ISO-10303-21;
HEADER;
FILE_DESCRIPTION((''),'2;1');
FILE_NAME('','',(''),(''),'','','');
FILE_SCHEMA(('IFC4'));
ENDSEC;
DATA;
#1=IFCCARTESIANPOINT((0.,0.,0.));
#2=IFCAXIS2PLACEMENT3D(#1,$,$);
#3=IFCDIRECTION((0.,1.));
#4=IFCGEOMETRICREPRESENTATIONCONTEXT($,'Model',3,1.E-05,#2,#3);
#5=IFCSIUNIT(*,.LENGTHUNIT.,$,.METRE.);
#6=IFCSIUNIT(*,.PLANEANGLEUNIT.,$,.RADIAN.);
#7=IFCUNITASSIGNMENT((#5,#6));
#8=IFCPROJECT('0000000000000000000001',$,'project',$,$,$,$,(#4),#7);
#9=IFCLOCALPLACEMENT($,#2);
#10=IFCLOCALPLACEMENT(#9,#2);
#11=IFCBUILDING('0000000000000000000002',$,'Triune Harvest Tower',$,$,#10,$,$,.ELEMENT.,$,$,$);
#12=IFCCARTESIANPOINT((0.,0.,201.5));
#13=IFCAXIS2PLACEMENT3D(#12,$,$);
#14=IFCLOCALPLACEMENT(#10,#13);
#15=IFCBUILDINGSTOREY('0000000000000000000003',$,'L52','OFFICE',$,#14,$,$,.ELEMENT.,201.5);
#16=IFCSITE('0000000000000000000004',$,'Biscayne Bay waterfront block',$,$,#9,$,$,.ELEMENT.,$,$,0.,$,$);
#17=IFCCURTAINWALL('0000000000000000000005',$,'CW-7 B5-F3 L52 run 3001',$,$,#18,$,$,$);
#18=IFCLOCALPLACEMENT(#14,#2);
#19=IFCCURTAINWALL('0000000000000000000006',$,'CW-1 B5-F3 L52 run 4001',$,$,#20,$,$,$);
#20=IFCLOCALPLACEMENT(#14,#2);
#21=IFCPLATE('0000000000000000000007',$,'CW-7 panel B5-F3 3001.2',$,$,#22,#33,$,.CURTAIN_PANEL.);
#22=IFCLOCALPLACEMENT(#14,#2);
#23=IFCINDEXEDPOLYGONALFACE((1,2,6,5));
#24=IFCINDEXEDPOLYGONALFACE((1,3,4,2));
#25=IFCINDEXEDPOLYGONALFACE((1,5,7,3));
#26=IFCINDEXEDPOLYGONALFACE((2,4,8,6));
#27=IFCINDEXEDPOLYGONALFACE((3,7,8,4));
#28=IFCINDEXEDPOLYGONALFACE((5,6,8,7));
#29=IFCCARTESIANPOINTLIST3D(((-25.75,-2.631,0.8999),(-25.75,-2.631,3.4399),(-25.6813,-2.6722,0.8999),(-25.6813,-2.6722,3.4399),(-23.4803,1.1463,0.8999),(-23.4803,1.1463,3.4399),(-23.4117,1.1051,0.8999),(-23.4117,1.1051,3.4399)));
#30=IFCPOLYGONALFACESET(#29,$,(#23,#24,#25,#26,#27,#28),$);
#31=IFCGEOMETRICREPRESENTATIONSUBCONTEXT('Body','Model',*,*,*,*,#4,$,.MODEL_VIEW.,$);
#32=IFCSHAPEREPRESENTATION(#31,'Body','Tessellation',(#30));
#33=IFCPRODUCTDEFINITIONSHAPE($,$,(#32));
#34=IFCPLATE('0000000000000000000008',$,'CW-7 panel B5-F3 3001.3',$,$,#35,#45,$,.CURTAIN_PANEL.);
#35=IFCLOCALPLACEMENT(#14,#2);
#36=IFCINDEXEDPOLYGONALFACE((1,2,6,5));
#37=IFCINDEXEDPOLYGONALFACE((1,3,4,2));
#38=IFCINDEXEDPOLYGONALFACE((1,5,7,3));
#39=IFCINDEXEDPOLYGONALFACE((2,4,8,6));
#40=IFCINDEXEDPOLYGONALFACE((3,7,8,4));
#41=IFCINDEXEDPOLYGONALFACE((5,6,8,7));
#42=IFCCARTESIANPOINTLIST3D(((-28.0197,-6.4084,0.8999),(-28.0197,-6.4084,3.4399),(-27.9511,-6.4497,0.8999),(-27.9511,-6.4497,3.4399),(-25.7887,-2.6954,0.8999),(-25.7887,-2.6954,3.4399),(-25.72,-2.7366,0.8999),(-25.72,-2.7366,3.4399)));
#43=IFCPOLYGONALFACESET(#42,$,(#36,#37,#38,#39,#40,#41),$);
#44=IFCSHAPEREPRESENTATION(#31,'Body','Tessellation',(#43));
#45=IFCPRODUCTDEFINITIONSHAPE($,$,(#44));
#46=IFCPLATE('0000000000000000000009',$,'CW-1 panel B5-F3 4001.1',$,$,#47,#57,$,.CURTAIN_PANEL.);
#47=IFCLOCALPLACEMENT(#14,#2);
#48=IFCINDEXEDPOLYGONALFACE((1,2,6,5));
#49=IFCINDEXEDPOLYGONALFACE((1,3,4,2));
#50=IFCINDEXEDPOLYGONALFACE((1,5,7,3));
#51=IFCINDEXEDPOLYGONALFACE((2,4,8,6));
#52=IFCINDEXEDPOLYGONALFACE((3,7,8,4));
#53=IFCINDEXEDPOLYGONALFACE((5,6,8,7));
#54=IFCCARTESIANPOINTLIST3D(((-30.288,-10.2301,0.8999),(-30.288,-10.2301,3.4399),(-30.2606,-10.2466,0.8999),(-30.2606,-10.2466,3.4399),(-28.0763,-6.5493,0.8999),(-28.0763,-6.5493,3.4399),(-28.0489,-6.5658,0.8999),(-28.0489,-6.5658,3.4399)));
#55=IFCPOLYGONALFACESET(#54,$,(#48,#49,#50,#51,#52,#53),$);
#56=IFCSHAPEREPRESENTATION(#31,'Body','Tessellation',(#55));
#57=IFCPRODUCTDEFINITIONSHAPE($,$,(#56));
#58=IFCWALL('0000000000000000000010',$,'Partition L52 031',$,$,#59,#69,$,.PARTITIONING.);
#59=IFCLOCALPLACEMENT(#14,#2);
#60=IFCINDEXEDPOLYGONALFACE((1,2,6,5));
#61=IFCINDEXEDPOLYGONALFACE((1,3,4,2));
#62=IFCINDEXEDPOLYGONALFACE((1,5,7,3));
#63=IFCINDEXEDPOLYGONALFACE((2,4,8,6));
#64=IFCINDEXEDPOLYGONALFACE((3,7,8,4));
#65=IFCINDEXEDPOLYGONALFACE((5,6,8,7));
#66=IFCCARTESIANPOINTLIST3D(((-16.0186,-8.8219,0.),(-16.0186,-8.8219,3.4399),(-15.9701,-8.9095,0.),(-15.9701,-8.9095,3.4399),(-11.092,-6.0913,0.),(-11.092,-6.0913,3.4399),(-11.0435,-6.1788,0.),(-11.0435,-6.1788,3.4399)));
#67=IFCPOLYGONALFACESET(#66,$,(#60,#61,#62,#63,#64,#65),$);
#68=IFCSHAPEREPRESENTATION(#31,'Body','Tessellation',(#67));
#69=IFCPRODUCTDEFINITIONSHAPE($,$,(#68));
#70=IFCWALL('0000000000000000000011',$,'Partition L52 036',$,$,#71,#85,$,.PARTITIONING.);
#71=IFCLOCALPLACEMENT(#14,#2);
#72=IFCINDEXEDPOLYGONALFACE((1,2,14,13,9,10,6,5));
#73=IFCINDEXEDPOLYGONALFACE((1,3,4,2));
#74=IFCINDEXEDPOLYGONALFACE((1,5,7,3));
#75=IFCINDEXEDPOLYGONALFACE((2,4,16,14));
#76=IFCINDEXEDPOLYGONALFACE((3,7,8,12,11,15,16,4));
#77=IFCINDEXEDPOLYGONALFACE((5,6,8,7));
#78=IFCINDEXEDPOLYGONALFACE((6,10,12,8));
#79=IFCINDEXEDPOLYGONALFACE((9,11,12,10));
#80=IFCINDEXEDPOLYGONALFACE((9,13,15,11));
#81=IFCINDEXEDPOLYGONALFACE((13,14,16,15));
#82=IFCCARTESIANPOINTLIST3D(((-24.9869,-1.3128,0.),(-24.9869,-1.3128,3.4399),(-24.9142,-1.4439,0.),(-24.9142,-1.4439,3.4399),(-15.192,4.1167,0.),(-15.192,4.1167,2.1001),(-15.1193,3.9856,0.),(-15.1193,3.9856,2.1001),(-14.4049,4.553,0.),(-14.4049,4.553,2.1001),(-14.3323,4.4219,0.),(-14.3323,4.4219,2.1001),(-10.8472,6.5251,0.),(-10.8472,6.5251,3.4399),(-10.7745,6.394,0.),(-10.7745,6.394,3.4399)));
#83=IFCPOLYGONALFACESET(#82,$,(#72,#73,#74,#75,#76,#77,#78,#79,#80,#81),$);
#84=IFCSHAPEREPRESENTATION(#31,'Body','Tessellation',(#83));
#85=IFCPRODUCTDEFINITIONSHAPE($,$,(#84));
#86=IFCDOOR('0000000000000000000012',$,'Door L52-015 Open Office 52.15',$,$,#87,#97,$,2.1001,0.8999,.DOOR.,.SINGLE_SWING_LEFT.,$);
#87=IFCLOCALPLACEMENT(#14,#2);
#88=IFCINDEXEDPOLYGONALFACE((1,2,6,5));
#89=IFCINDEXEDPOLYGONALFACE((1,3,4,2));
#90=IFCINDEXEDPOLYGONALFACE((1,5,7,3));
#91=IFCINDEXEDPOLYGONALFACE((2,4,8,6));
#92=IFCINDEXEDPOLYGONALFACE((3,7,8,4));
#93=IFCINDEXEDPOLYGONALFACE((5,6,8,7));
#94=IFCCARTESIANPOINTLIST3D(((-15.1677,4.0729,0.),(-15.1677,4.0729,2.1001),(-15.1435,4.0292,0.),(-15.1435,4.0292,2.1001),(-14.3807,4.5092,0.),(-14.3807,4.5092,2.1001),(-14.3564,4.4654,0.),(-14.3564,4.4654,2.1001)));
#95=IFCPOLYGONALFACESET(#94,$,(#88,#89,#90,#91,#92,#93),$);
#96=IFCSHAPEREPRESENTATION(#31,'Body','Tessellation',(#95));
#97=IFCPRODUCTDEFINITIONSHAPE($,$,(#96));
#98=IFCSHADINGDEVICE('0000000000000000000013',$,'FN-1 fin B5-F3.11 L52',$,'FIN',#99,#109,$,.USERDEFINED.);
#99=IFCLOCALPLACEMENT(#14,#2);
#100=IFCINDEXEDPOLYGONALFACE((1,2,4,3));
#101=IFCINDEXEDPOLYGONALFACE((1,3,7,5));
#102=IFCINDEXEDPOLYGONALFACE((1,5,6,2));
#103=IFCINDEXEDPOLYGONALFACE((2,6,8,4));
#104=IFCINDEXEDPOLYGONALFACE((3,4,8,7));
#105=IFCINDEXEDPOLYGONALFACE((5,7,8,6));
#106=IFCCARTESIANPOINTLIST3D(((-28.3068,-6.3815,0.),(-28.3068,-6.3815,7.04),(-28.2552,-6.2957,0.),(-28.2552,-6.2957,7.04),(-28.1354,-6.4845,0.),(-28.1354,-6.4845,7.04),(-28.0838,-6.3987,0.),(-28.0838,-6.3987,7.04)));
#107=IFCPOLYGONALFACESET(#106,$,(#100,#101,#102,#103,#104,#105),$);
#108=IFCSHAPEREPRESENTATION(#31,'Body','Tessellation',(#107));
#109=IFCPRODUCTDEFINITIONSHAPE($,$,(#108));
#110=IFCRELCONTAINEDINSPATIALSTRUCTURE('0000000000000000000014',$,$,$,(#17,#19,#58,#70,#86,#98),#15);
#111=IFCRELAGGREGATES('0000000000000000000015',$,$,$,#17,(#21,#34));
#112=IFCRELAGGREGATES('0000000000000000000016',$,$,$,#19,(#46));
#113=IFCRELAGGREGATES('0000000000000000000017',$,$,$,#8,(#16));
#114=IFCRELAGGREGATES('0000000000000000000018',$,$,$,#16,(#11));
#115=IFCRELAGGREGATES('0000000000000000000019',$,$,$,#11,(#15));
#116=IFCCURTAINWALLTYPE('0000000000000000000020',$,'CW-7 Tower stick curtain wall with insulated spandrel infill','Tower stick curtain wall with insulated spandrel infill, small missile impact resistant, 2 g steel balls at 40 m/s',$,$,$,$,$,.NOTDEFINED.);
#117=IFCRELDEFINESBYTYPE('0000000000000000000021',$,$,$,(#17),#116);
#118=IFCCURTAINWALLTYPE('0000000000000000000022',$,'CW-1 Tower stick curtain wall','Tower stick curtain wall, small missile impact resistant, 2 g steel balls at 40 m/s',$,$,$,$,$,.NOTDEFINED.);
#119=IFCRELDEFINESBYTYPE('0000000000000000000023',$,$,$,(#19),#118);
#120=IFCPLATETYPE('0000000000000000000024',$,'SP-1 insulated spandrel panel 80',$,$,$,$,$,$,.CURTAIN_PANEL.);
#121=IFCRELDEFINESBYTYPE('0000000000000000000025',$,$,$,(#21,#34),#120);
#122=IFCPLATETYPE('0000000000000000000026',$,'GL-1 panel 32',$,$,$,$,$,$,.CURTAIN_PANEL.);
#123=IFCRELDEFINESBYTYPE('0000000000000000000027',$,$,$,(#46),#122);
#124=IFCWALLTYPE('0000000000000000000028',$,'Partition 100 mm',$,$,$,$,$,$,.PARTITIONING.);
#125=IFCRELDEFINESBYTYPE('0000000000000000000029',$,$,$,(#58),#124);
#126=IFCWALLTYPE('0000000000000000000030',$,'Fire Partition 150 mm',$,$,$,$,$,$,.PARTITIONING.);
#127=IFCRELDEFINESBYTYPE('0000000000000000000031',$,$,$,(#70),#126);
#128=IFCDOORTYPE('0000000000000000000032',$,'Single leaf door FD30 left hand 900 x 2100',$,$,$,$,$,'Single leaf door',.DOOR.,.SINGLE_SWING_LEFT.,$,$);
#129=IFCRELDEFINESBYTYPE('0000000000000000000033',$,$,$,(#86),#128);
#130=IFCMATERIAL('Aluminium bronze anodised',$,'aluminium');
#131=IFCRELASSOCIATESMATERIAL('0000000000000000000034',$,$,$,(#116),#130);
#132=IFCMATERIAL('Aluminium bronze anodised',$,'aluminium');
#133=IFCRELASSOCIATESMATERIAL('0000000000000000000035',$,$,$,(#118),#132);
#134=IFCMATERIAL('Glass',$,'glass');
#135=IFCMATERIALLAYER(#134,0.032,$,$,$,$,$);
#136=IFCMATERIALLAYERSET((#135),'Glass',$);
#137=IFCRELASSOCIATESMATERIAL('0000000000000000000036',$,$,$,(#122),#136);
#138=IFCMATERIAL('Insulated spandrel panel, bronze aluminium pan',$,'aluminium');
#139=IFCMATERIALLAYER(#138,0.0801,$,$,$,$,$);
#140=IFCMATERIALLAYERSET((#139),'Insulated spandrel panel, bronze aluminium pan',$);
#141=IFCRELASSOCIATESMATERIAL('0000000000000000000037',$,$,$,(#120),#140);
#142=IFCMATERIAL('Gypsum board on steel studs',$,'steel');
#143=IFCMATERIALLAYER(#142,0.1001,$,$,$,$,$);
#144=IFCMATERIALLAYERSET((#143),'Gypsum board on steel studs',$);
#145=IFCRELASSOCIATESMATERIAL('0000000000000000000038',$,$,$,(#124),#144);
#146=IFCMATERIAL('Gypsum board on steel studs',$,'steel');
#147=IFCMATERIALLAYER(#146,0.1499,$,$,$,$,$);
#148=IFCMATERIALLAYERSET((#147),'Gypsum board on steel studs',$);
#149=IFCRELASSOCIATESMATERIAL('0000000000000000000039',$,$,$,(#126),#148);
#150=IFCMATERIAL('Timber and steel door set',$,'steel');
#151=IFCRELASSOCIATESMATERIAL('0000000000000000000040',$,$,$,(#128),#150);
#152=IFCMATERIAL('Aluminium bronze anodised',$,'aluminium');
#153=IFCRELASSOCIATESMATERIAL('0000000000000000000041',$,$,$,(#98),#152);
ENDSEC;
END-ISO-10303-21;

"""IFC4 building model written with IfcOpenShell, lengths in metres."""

from ifc_helpers import new_model, si_unit, direction, frame, frame_2d, origin, origin_2d, place, context, subcontext, project, spatial, rectangle, extrude, source, transform, mapped, material, layer, layer_set, type_object, element, fill, aggregate, save


model = new_model("IFC4")

# Units and contexts
model_context = context("Model", 3, precision=1e-05, world=origin(), true_north=direction((0.0, 1.0)))
body_context = subcontext(model_context, "Body", "Model", "MODEL_VIEW")
ifc_project = project(units=[si_unit("LENGTHUNIT", "METRE"), si_unit("PLANEANGLEUNIT", "RADIAN")], contexts=[model_context])

# Site, building, storey
site_placement = place(None, origin())
site = spatial("IfcSite", under=ifc_project, at=site_placement, Name="Biscayne Bay waterfront block", CompositionType="ELEMENT", RefElevation=0.0)
building_placement = place(site_placement, origin())
building = spatial("IfcBuilding", under=site, at=building_placement, Name="Triune Harvest Tower", CompositionType="ELEMENT")
storey_placement = place(building_placement, frame((0.0, 0.0, 201.5)))
storey = spatial("IfcBuildingStorey", under=building, at=storey_placement, Name="L52", Description="OFFICE", CompositionType="ELEMENT", Elevation=201.5)

# Curtain walls
ifc_material_1 = material(Name="Aluminium bronze anodised", Category="aluminium")
curtain_wall_type_1 = type_object("IfcCurtainWallType", Name="CW-7 Tower stick curtain wall with insulated spandrel infill", Description="Tower stick curtain wall with insulated spandrel infill, small missile impact resistant, 2 g steel balls at 40 m/s", PredefinedType="NOTDEFINED", material=ifc_material_1)
curtain_wall_1_placement = place(storey_placement, origin())
curtain_wall_1 = element("IfcCurtainWall", 1, at=curtain_wall_1_placement, inside=storey, type_object=curtain_wall_type_1, Name="CW-7 B5-F3 L52 run 3001")
ifc_material_2 = material(Name="Aluminium bronze anodised", Category="aluminium")
curtain_wall_type_2 = type_object("IfcCurtainWallType", Name="CW-1 Tower stick curtain wall", Description="Tower stick curtain wall, small missile impact resistant, 2 g steel balls at 40 m/s", PredefinedType="NOTDEFINED", material=ifc_material_2)
curtain_wall_2_placement = place(storey_placement, origin())
curtain_wall_2 = element("IfcCurtainWall", 2, at=curtain_wall_2_placement, inside=storey, type_object=curtain_wall_type_2, Name="CW-1 B5-F3 L52 run 4001")

# Plates
ifc_material_3 = material(Name="Glass", Category="glass")
ifc_layer_1 = layer(ifc_material_3, 0.032)
ifc_layer_set_1 = layer_set([ifc_layer_1], Name="Glass")
plate_type_1 = type_object("IfcPlateType", Name="GL-1 panel 32", PredefinedType="CURTAIN_PANEL", material=ifc_layer_set_1)
ifc_material_4 = material(Name="Insulated spandrel panel, bronze aluminium pan", Category="aluminium")
ifc_layer_2 = layer(ifc_material_4, 0.0801)
ifc_layer_set_2 = layer_set([ifc_layer_2], Name="Insulated spandrel panel, bronze aluminium pan")
plate_type_2 = type_object("IfcPlateType", Name="SP-1 insulated spandrel panel 80", PredefinedType="CURTAIN_PANEL", material=ifc_layer_set_2)
shared_shape_1 = source(origin(), body_context, "Body", "SweptSolid", [
    extrude(rectangle(XDim=4.4067, YDim=0.0801, at=origin_2d()), origin(), (0.0, 0.0, 1.0), 2.54),
])
plate_1_placement = place(storey_placement, frame((-24.5808, -0.7629, 0.8999), z_axis=(0.0, 0.0, 1.0), x_axis=(-0.515039, -0.857166, 0.0)))
plate_1 = element("IfcPlate", 3, at=plate_1_placement, type_object=plate_type_2, Name="CW-7 panel B5-F3 3001.2", PredefinedType="CURTAIN_PANEL", context=body_context, shape_type="MappedRepresentation", body=[
    mapped(shared_shape_1, transform((0.0, 0.0, 0.0), scale=1.0)),
])
shared_shape_2 = source(origin(), body_context, "Body", "SweptSolid", [
    extrude(rectangle(XDim=4.3318, YDim=0.0801, at=origin_2d()), origin(), (0.0, 0.0, 1.0), 2.54),
])
plate_2_placement = place(storey_placement, frame((-26.8699, -4.5725, 0.8999), z_axis=(0.0, 0.0, 1.0), x_axis=(-0.515039, -0.857166, 0.0)))
plate_2 = element("IfcPlate", 4, at=plate_2_placement, type_object=plate_type_2, Name="CW-7 panel B5-F3 3001.3", PredefinedType="CURTAIN_PANEL", context=body_context, shape_type="MappedRepresentation", body=[
    mapped(shared_shape_2, transform((0.0, 0.0, 0.0), scale=1.0)),
])
aggregate(curtain_wall_1, [plate_1, plate_2])
shared_shape_3 = source(origin(), body_context, "Body", "SweptSolid", [
    extrude(rectangle(XDim=4.2942, YDim=0.032, at=origin_2d()), origin(), (0.0, 0.0, 1.0), 2.54),
])
plate_3_placement = place(storey_placement, frame((-29.1685, -8.3979, 0.8999), z_axis=(0.0, 0.0, 1.0), x_axis=(-0.515037, -0.857168, 0.0)))
plate_3 = element("IfcPlate", 5, at=plate_3_placement, type_object=plate_type_1, Name="CW-1 panel B5-F3 4001.1", PredefinedType="CURTAIN_PANEL", context=body_context, shape_type="MappedRepresentation", body=[
    mapped(shared_shape_3, transform((0.0, 0.0, 0.0), scale=1.0)),
])
aggregate(curtain_wall_2, [plate_3])

# Wall
ifc_material_5 = material(Name="Gypsum board on steel studs", Category="steel")
ifc_layer_3 = layer(ifc_material_5, 0.1001)
ifc_layer_set_3 = layer_set([ifc_layer_3], Name="Gypsum board on steel studs")
wall_type_1 = type_object("IfcWallType", Name="Partition 100 mm", PredefinedType="PARTITIONING", material=ifc_layer_set_3)
shared_shape_4 = source(origin(), body_context, "Body", "SweptSolid", [
    extrude(rectangle(XDim=5.6328, YDim=0.1001, at=frame_2d((2.8164, 0.0))), origin(), (0.0, 0.0, 1.0), 3.4399),
])
wall_1_placement = place(storey_placement, frame((-15.9944, -8.8657, 0.0), z_axis=(0.0, 0.0, 1.0), x_axis=(0.874637, 0.484778, 0.0)))
element("IfcWall", 6, at=wall_1_placement, inside=storey, type_object=wall_type_1, Name="Partition L52 031", PredefinedType="PARTITIONING", context=body_context, shape_type="MappedRepresentation", body=[
    mapped(shared_shape_4, transform((0.0, 0.0, 0.0), scale=1.0)),
])

# Wall, opening, door
ifc_material_6 = material(Name="Gypsum board on steel studs", Category="steel")
ifc_layer_4 = layer(ifc_material_6, 0.1499)
ifc_layer_set_4 = layer_set([ifc_layer_4], Name="Gypsum board on steel studs")
wall_type_2 = type_object("IfcWallType", Name="Fire Partition 150 mm", PredefinedType="PARTITIONING", material=ifc_layer_set_4)
shared_shape_5 = source(origin(), body_context, "Body", "SweptSolid", [
    extrude(rectangle(XDim=16.1667, YDim=0.1499, at=frame_2d((8.0835, 0.0))), origin(), (0.0, 0.0, 1.0), 3.4399),
])
wall_2_placement = place(storey_placement, frame((-24.9507, -1.3784, 0.0), z_axis=(0.0, 0.0, 1.0), x_axis=(0.874616, 0.484817, 0.0)))
wall_2 = element("IfcWall", 7, at=wall_2_placement, inside=storey, type_object=wall_type_2, Name="Partition L52 036", PredefinedType="PARTITIONING", context=body_context, shape_type="MappedRepresentation", body=[
    mapped(shared_shape_5, transform((0.0, 0.0, 0.0), scale=1.0)),
])
opening_placement = place(wall_2_placement, frame((11.1992, 0.0, 0.0)))
opening = element("IfcOpeningElement", 8, at=opening_placement, cuts=wall_2, PredefinedType="OPENING", context=body_context, shape_type="SweptSolid", body=[
    extrude(rectangle(XDim=0.8999, YDim=2.1001, at=frame_2d((0.45, 1.05))), frame((0.0, 0.085, 0.0), z_axis=(0.0, -1.0, 0.0), x_axis=(1.0, 0.0, 0.0)), (0.0, 0.0, 1.0), 0.1699),
])
ifc_material_7 = material(Name="Timber and steel door set", Category="steel")
door_type = type_object("IfcDoorType", Name="Single leaf door FD30 left hand 900 x 2100", ElementType="Single leaf door", OperationType="SINGLE_SWING_LEFT", PredefinedType="DOOR", material=ifc_material_7)
door_placement = place(opening_placement, origin())
door = element("IfcDoor", 9, at=door_placement, inside=storey, type_object=door_type, Name="Door L52-015 Open Office 52.15", OperationType="SINGLE_SWING_LEFT", OverallHeight=2.1001, OverallWidth=0.8999, PredefinedType="DOOR", context=body_context, shape_type="SweptSolid", body=[
    extrude(rectangle(XDim=0.8999, YDim=2.1001, at=frame_2d((0.45, 1.05))), frame((0.0, 0.0249, 0.0), z_axis=(0.0, -1.0, 0.0), x_axis=(1.0, 0.0, 0.0)), (0.0, 0.0, 1.0), 0.05),
])
fill(opening, door)

# Shading device
ifc_material_8 = material(Name="Aluminium bronze anodised", Category="aluminium")
shared_shape_6 = source(origin(), body_context, "Body", "SweptSolid", [
    extrude(rectangle(XDim=0.1001, YDim=0.2, at=origin_2d()), origin(), (0.0, 0.0, 1.0), 7.04),
])
shading_device_placement = place(storey_placement, frame((-28.1953, -6.3901, 0.0), z_axis=(0.0, 0.0, 1.0), x_axis=(-0.515037, -0.857168, 0.0)))
element("IfcShadingDevice", 10, at=shading_device_placement, inside=storey, material=ifc_material_8, Name="FN-1 fin B5-F3.11 L52", ObjectType="FIN", PredefinedType="USERDEFINED", context=body_context, shape_type="MappedRepresentation", body=[
    mapped(shared_shape_6, transform((0.0, 0.0, 0.0), scale=1.0)),
])

save(model, "model.ifc")
